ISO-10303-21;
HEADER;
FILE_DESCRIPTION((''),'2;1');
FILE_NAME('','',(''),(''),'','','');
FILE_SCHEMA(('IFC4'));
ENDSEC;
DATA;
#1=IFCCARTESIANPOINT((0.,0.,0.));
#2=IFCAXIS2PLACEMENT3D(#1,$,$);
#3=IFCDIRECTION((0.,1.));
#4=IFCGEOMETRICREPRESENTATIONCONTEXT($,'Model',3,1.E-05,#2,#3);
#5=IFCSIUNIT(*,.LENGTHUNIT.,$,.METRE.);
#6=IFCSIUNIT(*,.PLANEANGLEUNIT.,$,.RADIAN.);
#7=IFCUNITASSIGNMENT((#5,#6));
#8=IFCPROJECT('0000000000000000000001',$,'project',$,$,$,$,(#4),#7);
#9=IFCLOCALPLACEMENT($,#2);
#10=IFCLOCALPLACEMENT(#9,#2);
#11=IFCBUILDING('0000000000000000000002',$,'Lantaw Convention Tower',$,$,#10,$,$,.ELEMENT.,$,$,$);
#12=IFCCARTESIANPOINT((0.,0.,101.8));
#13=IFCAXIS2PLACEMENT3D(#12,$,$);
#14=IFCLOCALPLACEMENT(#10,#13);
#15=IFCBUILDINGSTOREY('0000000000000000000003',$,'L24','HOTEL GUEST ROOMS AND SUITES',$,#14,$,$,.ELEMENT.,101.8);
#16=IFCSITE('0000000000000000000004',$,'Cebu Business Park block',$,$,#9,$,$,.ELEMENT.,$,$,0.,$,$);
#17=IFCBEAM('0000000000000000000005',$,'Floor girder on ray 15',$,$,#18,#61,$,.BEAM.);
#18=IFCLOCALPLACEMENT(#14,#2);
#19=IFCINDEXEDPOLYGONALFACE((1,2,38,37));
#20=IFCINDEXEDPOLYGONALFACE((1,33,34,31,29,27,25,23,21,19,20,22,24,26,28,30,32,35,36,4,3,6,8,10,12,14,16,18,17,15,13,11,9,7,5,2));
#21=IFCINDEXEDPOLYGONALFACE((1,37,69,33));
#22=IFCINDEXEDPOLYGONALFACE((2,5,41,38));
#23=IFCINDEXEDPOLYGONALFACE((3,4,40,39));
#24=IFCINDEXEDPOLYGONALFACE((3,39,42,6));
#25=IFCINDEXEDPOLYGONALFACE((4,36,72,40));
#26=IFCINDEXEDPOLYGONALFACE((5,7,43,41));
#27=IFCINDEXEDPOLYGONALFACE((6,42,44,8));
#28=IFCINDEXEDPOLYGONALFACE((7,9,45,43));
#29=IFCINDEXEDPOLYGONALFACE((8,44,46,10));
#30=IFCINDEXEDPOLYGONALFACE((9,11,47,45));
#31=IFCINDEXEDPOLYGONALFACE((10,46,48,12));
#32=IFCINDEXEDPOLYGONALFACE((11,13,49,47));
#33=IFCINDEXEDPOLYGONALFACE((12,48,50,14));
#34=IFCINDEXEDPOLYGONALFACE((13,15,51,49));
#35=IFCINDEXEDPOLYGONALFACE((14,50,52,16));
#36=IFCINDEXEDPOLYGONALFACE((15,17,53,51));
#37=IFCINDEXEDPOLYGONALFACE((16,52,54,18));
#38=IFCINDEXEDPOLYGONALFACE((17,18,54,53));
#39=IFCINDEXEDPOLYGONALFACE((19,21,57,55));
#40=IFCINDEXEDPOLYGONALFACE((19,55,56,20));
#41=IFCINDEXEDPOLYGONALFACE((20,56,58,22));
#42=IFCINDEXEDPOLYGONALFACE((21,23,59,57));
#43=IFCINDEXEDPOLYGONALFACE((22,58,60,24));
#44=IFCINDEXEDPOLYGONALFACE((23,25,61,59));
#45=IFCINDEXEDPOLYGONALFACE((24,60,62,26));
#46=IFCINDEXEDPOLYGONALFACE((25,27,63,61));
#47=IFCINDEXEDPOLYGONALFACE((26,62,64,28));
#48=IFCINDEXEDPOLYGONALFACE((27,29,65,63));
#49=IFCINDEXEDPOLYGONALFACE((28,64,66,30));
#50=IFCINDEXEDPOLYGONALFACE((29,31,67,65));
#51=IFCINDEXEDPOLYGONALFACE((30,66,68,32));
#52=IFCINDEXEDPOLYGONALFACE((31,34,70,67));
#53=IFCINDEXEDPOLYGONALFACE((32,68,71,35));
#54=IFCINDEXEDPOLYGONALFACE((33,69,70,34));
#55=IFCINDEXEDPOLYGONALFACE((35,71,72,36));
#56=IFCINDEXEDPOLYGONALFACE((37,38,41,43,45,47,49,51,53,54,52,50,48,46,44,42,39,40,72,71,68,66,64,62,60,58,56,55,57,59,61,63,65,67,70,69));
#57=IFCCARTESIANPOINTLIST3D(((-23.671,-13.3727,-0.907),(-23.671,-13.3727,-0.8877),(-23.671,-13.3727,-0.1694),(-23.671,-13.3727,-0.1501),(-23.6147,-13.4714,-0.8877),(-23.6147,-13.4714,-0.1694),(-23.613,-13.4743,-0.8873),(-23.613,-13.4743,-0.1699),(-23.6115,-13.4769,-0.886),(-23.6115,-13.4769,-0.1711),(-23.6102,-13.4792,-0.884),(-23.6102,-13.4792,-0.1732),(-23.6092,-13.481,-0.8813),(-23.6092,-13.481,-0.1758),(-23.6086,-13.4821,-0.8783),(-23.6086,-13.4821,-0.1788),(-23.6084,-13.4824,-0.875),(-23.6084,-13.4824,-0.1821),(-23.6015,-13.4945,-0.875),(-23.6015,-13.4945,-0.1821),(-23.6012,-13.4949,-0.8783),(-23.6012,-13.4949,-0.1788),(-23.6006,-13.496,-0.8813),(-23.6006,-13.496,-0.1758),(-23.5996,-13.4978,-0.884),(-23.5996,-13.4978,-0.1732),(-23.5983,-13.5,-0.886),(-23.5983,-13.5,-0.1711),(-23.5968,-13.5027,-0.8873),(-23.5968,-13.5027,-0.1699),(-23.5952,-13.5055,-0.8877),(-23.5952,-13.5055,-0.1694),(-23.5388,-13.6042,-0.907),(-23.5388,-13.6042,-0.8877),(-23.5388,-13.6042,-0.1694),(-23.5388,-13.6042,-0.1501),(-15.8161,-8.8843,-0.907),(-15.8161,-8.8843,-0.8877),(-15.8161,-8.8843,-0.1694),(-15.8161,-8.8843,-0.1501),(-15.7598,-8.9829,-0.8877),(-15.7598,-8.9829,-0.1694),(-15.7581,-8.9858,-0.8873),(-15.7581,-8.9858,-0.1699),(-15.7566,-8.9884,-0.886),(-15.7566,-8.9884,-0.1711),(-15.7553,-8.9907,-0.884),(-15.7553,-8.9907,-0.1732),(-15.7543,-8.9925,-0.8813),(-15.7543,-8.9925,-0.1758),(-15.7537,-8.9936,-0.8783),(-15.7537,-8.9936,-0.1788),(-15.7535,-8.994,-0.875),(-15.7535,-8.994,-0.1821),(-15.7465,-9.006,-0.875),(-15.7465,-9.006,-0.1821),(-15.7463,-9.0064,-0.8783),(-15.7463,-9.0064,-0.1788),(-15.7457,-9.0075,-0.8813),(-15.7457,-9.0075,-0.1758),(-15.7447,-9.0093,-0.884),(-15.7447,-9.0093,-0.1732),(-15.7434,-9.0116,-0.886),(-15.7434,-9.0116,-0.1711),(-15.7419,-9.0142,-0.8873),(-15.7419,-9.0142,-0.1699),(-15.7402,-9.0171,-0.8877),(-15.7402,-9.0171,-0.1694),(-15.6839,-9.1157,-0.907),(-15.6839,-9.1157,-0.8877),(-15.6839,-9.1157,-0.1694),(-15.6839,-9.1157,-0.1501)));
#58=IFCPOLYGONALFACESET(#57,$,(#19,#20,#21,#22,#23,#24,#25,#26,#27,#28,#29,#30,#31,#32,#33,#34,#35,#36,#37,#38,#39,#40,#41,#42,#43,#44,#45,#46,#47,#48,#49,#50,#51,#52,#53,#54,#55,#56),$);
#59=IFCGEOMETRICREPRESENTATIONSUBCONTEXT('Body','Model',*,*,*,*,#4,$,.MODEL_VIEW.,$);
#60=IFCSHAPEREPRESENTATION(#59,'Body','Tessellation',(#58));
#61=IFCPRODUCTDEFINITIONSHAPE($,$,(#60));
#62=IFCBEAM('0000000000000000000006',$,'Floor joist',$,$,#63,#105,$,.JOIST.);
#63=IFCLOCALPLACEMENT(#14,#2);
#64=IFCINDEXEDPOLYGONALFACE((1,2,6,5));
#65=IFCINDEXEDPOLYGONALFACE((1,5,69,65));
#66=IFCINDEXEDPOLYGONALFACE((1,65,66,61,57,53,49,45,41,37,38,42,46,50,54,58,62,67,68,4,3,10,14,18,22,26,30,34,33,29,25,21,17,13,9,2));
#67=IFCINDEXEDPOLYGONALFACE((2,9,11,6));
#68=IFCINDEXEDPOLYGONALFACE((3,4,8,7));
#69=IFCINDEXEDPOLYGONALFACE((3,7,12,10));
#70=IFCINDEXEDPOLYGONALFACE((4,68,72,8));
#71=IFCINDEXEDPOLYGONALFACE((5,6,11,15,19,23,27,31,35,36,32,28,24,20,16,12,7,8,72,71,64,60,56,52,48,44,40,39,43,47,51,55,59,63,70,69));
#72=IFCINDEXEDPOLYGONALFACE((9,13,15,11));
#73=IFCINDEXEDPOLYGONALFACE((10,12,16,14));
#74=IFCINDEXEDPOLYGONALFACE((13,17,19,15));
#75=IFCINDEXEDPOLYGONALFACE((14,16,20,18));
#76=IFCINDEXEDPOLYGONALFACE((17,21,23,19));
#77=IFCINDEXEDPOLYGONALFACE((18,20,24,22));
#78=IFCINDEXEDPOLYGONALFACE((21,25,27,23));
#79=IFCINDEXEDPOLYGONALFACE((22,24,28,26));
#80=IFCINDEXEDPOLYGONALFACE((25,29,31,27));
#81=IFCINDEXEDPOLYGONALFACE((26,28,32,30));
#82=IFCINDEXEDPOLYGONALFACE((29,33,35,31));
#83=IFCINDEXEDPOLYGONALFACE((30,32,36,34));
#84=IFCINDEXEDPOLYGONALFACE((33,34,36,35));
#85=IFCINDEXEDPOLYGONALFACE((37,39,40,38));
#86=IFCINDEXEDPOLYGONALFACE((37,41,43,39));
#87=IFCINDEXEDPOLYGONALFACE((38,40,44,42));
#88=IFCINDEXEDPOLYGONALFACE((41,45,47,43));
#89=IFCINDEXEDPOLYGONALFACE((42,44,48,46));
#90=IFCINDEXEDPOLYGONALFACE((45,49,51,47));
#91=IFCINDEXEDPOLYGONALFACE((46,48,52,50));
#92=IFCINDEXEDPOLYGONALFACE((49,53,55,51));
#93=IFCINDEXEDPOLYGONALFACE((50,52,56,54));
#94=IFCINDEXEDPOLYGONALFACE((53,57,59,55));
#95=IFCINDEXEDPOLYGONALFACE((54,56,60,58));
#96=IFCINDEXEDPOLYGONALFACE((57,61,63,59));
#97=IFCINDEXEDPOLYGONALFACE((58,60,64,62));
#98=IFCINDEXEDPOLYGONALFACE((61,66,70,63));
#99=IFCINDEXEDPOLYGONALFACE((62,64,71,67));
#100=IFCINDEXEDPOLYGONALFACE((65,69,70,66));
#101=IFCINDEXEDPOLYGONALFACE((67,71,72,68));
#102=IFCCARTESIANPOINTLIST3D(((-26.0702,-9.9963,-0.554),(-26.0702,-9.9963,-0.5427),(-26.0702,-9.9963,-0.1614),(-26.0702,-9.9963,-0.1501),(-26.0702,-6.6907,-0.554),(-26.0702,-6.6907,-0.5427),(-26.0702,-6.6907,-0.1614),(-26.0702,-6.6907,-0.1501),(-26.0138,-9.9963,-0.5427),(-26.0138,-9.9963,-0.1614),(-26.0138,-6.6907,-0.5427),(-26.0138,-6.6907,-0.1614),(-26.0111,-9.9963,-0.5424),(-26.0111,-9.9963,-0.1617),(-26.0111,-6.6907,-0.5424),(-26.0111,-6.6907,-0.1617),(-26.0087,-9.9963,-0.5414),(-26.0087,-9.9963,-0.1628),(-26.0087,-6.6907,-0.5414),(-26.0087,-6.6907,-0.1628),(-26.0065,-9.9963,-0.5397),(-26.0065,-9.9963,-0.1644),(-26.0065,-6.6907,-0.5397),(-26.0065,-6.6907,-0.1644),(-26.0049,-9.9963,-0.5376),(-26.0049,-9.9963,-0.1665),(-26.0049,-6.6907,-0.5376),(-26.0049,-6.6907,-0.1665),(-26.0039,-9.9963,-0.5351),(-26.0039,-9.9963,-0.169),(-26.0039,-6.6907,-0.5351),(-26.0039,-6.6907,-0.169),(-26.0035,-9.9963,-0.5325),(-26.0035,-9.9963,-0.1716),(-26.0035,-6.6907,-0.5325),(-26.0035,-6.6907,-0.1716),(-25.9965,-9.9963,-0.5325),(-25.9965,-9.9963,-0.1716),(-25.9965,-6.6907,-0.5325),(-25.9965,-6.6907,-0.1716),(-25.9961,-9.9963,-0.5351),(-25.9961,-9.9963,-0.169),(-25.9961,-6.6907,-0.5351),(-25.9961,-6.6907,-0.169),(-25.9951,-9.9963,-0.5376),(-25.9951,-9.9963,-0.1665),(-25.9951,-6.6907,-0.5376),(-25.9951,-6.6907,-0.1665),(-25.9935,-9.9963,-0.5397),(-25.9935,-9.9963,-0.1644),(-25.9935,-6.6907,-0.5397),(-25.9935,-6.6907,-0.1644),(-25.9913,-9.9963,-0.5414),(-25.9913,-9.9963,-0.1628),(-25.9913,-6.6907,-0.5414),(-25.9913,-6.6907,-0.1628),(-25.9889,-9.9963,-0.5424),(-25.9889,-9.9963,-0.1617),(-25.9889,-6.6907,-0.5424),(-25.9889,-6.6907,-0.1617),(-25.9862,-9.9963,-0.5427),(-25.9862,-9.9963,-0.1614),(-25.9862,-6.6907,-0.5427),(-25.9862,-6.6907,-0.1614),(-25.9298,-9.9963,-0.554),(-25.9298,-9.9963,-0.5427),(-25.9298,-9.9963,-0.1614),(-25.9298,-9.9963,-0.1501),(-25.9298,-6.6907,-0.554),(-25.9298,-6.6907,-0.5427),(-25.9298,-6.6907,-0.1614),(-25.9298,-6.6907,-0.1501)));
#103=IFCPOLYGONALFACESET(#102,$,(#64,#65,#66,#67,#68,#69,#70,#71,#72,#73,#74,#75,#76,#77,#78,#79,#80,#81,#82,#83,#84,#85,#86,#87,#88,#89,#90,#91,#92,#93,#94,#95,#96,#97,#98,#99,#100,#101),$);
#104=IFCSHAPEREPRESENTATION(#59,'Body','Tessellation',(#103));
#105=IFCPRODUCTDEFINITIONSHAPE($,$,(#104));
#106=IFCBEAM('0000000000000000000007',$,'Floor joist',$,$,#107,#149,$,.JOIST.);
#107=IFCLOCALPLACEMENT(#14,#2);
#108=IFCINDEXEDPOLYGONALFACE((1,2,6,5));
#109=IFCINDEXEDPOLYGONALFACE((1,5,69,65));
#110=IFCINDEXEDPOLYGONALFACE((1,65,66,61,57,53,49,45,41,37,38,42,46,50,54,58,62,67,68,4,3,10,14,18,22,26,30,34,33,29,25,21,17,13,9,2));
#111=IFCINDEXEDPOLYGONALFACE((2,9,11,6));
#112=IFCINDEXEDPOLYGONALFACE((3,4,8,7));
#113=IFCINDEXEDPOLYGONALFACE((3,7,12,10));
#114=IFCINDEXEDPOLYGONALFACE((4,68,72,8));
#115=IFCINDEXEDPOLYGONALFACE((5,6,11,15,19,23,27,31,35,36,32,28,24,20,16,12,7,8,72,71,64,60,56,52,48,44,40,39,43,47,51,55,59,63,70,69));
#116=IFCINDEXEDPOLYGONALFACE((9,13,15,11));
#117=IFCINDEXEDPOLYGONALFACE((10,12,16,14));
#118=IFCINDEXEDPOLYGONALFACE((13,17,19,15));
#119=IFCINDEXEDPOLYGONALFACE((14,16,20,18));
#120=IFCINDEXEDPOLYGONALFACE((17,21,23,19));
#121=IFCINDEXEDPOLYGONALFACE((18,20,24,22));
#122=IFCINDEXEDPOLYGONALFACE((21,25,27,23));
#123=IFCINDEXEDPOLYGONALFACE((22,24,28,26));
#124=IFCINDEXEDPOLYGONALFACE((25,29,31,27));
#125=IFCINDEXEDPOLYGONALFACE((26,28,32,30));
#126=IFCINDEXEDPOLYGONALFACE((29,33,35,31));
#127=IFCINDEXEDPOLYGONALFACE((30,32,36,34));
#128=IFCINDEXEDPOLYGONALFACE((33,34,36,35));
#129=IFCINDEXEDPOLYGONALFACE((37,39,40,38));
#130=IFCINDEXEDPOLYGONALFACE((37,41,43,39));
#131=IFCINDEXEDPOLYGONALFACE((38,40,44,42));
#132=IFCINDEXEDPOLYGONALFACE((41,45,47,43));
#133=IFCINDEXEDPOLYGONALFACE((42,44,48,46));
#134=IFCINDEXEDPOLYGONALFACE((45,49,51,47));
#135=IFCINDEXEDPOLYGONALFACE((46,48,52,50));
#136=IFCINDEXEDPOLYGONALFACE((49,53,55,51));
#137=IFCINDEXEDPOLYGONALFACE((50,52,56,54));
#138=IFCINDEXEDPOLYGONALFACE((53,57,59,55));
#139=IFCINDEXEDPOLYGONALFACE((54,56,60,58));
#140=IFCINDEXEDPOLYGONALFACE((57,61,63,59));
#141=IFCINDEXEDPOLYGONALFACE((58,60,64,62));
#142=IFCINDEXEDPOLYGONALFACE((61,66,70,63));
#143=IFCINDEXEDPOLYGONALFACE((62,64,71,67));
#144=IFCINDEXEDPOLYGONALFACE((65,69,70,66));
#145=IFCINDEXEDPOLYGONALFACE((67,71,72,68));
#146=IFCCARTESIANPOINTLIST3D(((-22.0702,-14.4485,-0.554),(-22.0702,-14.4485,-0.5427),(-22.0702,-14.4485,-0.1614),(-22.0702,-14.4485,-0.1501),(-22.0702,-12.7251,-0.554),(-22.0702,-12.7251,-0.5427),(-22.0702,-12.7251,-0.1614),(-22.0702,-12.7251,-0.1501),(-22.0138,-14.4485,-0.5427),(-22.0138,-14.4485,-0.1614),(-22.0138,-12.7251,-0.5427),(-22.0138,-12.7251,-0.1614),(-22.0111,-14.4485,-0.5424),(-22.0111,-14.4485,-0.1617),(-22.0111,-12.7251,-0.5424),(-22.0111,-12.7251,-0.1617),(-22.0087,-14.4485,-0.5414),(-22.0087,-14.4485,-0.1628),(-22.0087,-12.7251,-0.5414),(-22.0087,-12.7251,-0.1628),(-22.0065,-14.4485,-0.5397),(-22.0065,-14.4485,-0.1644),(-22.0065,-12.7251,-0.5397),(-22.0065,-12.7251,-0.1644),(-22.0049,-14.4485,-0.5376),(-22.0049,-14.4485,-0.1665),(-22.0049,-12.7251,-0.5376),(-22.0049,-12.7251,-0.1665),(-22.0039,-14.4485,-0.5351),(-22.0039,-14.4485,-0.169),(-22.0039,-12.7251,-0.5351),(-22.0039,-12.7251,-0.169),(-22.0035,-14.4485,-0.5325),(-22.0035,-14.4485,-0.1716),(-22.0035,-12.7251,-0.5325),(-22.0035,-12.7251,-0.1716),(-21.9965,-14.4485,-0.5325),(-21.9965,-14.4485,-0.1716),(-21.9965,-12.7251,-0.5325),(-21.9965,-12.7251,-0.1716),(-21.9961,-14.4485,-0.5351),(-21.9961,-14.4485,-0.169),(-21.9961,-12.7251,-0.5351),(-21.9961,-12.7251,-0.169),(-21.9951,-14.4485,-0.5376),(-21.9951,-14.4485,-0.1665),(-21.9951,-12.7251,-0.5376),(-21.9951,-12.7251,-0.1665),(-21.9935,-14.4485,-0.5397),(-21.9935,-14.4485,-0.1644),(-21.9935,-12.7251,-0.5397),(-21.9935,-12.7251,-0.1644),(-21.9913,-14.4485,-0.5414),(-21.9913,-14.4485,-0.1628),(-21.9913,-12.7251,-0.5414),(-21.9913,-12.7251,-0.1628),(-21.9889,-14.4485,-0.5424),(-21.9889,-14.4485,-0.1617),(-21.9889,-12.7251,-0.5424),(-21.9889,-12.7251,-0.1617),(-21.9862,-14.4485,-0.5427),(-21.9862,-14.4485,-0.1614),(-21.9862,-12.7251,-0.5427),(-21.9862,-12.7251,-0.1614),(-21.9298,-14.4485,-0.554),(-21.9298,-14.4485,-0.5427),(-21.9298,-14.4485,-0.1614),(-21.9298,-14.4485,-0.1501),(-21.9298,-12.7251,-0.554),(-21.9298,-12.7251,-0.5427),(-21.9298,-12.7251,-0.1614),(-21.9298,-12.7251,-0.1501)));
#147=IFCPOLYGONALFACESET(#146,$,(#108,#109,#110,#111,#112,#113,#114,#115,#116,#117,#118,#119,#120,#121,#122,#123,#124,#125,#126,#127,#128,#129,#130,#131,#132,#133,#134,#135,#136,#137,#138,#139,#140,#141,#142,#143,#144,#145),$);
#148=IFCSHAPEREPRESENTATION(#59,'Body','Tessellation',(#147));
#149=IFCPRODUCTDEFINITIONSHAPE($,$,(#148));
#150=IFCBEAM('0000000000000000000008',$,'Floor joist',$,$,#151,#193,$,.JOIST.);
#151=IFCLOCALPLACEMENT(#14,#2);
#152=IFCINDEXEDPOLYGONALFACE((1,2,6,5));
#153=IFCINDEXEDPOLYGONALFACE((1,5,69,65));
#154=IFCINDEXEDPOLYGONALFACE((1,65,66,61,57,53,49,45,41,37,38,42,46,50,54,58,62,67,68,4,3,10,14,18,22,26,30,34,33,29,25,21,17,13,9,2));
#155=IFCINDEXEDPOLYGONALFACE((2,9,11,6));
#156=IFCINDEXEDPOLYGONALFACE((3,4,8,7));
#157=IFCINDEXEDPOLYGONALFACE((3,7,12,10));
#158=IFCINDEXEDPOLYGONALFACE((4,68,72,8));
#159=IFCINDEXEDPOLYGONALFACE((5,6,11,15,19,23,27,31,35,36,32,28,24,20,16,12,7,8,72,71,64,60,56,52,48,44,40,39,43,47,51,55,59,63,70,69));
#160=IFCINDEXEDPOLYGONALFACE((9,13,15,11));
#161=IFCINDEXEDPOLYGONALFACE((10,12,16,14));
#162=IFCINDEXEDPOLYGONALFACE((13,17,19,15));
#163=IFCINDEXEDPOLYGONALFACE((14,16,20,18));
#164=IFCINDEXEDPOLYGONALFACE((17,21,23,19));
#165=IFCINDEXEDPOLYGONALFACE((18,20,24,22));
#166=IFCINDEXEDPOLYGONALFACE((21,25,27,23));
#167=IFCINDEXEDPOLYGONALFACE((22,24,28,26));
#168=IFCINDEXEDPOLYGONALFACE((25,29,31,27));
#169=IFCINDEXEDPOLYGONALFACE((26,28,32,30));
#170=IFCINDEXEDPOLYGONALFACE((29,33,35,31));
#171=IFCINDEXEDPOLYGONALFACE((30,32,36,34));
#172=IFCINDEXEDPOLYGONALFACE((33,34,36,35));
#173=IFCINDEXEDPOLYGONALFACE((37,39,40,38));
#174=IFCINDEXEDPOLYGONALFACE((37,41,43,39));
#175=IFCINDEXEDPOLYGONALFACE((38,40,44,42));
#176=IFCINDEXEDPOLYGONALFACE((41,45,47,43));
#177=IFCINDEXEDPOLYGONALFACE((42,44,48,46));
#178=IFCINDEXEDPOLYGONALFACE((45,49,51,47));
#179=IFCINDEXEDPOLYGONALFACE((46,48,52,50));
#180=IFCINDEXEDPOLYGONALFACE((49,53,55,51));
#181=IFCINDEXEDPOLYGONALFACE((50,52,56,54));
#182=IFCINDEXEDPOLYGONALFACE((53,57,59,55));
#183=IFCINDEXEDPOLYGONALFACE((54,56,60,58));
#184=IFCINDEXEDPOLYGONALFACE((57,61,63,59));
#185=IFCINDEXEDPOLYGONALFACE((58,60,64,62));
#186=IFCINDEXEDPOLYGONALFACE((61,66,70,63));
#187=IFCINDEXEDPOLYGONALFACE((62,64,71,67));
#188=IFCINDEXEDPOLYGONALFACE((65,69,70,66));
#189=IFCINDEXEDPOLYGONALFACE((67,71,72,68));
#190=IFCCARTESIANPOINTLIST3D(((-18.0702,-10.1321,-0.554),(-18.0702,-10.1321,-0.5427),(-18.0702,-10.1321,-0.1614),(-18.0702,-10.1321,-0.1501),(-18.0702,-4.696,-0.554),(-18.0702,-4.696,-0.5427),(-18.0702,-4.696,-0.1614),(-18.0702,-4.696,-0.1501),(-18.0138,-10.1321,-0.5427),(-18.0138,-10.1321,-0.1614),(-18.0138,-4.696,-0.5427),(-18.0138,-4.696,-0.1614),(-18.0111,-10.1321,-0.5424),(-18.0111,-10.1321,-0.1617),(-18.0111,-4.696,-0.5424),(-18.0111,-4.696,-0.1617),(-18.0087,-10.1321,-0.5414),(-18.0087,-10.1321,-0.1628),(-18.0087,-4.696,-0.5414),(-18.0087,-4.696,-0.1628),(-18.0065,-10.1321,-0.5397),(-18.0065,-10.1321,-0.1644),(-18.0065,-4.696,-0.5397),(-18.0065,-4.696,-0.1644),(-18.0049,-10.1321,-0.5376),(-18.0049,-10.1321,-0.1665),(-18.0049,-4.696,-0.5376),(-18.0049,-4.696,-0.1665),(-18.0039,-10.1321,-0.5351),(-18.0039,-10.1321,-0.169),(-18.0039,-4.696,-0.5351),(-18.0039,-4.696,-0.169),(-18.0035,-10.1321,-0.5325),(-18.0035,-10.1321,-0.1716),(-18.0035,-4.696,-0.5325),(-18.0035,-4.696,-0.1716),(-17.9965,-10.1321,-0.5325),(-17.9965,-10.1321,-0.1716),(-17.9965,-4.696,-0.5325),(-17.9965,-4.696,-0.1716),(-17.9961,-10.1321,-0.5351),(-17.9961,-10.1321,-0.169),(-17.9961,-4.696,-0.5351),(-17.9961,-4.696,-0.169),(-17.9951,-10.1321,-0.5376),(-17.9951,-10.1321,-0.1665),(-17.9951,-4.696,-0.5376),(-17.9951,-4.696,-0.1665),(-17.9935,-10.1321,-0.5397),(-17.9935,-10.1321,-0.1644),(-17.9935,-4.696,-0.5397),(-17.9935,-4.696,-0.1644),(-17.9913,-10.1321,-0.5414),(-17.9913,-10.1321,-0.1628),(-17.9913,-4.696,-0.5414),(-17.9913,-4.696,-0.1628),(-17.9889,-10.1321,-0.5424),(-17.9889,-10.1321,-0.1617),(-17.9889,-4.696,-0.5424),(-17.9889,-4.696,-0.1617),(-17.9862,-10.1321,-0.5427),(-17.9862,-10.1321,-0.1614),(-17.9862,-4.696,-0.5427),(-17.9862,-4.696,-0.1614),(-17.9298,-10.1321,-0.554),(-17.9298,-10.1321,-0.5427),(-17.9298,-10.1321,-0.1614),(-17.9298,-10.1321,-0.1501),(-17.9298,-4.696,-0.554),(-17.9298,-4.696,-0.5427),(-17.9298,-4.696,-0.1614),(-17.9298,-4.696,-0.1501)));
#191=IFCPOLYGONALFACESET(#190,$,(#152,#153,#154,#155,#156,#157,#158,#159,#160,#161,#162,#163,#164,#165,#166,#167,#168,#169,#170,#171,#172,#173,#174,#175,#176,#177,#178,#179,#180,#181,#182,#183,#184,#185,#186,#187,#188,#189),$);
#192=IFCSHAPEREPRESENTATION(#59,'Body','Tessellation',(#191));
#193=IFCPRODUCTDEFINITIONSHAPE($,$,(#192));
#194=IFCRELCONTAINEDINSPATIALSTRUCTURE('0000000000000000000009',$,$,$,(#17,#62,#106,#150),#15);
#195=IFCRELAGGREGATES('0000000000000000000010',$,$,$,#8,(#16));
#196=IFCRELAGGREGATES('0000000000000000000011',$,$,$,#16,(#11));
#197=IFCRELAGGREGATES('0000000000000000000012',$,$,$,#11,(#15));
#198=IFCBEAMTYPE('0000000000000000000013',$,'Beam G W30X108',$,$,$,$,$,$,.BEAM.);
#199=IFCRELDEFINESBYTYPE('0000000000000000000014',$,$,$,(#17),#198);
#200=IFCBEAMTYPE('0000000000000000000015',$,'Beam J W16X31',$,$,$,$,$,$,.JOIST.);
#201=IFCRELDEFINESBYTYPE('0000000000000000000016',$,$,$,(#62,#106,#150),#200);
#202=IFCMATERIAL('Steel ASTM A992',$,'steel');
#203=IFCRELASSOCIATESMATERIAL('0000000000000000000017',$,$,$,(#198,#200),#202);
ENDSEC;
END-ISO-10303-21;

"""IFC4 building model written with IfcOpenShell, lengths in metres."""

from ifc_helpers import new_model, si_unit, direction, frame, origin, origin_2d, place, context, subcontext, project, spatial, i_section, extrude, material, material_profile, profile_set, type_object, element, save


model = new_model("IFC4")

# Units and contexts
model_context = context("Model", 3, precision=1e-05, world=origin(), true_north=direction((0.0, 1.0)))
body_context = subcontext(model_context, "Body", "Model", "MODEL_VIEW")
ifc_project = project(units=[si_unit("LENGTHUNIT", "METRE"), si_unit("PLANEANGLEUNIT", "RADIAN")], contexts=[model_context])

# Site, building, storey
site_placement = place(None, origin())
site = spatial("IfcSite", under=ifc_project, at=site_placement, Name="Cebu Business Park block", CompositionType="ELEMENT", RefElevation=0.0)
building_placement = place(site_placement, origin())
building = spatial("IfcBuilding", under=site, at=building_placement, Name="Lantaw Convention Tower", CompositionType="ELEMENT")
storey_placement = place(building_placement, frame((0.0, 0.0, 101.8)))
storey = spatial("IfcBuildingStorey", under=building, at=storey_placement, Name="L24", Description="HOTEL GUEST ROOMS AND SUITES", CompositionType="ELEMENT", Elevation=101.8)

# Beams
ifc_material_1 = material(Name="Steel ASTM A992", Category="steel")
ifc_material_profile_1 = material_profile(ifc_material_1, i_section(OverallWidth=0.2666, OverallDepth=0.7568, WebThickness=0.0139, FlangeThickness=0.0193, FilletRadius=0.0127, at=origin_2d()), Name="W30X108")
ifc_profile_set_1 = profile_set([ifc_material_profile_1], Name="Steel ASTM A992")
beam_type_1 = type_object("IfcBeamType", Name="Beam G W30X108", PredefinedType="BEAM", material=ifc_profile_set_1)
beam_1_placement = place(storey_placement, frame((-15.75, -9.0, -0.5286), z_axis=(-0.868245, -0.496136, 0.0), x_axis=(0.496136, -0.868245, 0.0)))
element("IfcBeam", 1, at=beam_1_placement, inside=storey, type_object=beam_type_1, Name="Floor girder on ray 15", PredefinedType="BEAM", context=body_context, shape_type="SweptSolid", body=[
    extrude(i_section(OverallWidth=0.2666, OverallDepth=0.7568, WebThickness=0.0139, FlangeThickness=0.0193, FilletRadius=0.0127, at=origin_2d()), origin(), (0.0, 0.0, 1.0), 9.0469),
])
ifc_material_profile_2 = material_profile(ifc_material_1, i_section(OverallWidth=0.1404, OverallDepth=0.4038, WebThickness=0.0071, FlangeThickness=0.0112, FilletRadius=0.0103, at=origin_2d()), Name="W16X31")
ifc_profile_set_2 = profile_set([ifc_material_profile_2], Name="Steel ASTM A992")
beam_type_2 = type_object("IfcBeamType", Name="Beam J W16X31", PredefinedType="JOIST", material=ifc_profile_set_2)
beam_2_placement = place(storey_placement, frame((-26.0, -9.9963, -0.3521), z_axis=(0.0, 1.0, 0.0), x_axis=(-1.0, 0.0, 0.0)))
element("IfcBeam", 2, at=beam_2_placement, inside=storey, type_object=beam_type_2, Name="Floor joist", PredefinedType="JOIST", context=body_context, shape_type="SweptSolid", body=[
    extrude(i_section(OverallWidth=0.1404, OverallDepth=0.4038, WebThickness=0.0071, FlangeThickness=0.0112, FilletRadius=0.0103, at=origin_2d()), origin(), (0.0, 0.0, 1.0), 3.3057),
])
beam_3_placement = place(storey_placement, frame((-22.0, -14.4485, -0.3521), z_axis=(0.0, 1.0, 0.0), x_axis=(-1.0, 0.0, 0.0)))
element("IfcBeam", 3, at=beam_3_placement, inside=storey, type_object=beam_type_2, Name="Floor joist", PredefinedType="JOIST", context=body_context, shape_type="SweptSolid", body=[
    extrude(i_section(OverallWidth=0.1404, OverallDepth=0.4038, WebThickness=0.0071, FlangeThickness=0.0112, FilletRadius=0.0103, at=origin_2d()), origin(), (0.0, 0.0, 1.0), 1.7234),
])
beam_4_placement = place(storey_placement, frame((-18.0, -10.1321, -0.3521), z_axis=(0.0, 1.0, 0.0), x_axis=(-1.0, 0.0, 0.0)))
element("IfcBeam", 4, at=beam_4_placement, inside=storey, type_object=beam_type_2, Name="Floor joist", PredefinedType="JOIST", context=body_context, shape_type="SweptSolid", body=[
    extrude(i_section(OverallWidth=0.1404, OverallDepth=0.4038, WebThickness=0.0071, FlangeThickness=0.0112, FilletRadius=0.0103, at=origin_2d()), origin(), (0.0, 0.0, 1.0), 5.436),
])

save(model, "model.ifc")
